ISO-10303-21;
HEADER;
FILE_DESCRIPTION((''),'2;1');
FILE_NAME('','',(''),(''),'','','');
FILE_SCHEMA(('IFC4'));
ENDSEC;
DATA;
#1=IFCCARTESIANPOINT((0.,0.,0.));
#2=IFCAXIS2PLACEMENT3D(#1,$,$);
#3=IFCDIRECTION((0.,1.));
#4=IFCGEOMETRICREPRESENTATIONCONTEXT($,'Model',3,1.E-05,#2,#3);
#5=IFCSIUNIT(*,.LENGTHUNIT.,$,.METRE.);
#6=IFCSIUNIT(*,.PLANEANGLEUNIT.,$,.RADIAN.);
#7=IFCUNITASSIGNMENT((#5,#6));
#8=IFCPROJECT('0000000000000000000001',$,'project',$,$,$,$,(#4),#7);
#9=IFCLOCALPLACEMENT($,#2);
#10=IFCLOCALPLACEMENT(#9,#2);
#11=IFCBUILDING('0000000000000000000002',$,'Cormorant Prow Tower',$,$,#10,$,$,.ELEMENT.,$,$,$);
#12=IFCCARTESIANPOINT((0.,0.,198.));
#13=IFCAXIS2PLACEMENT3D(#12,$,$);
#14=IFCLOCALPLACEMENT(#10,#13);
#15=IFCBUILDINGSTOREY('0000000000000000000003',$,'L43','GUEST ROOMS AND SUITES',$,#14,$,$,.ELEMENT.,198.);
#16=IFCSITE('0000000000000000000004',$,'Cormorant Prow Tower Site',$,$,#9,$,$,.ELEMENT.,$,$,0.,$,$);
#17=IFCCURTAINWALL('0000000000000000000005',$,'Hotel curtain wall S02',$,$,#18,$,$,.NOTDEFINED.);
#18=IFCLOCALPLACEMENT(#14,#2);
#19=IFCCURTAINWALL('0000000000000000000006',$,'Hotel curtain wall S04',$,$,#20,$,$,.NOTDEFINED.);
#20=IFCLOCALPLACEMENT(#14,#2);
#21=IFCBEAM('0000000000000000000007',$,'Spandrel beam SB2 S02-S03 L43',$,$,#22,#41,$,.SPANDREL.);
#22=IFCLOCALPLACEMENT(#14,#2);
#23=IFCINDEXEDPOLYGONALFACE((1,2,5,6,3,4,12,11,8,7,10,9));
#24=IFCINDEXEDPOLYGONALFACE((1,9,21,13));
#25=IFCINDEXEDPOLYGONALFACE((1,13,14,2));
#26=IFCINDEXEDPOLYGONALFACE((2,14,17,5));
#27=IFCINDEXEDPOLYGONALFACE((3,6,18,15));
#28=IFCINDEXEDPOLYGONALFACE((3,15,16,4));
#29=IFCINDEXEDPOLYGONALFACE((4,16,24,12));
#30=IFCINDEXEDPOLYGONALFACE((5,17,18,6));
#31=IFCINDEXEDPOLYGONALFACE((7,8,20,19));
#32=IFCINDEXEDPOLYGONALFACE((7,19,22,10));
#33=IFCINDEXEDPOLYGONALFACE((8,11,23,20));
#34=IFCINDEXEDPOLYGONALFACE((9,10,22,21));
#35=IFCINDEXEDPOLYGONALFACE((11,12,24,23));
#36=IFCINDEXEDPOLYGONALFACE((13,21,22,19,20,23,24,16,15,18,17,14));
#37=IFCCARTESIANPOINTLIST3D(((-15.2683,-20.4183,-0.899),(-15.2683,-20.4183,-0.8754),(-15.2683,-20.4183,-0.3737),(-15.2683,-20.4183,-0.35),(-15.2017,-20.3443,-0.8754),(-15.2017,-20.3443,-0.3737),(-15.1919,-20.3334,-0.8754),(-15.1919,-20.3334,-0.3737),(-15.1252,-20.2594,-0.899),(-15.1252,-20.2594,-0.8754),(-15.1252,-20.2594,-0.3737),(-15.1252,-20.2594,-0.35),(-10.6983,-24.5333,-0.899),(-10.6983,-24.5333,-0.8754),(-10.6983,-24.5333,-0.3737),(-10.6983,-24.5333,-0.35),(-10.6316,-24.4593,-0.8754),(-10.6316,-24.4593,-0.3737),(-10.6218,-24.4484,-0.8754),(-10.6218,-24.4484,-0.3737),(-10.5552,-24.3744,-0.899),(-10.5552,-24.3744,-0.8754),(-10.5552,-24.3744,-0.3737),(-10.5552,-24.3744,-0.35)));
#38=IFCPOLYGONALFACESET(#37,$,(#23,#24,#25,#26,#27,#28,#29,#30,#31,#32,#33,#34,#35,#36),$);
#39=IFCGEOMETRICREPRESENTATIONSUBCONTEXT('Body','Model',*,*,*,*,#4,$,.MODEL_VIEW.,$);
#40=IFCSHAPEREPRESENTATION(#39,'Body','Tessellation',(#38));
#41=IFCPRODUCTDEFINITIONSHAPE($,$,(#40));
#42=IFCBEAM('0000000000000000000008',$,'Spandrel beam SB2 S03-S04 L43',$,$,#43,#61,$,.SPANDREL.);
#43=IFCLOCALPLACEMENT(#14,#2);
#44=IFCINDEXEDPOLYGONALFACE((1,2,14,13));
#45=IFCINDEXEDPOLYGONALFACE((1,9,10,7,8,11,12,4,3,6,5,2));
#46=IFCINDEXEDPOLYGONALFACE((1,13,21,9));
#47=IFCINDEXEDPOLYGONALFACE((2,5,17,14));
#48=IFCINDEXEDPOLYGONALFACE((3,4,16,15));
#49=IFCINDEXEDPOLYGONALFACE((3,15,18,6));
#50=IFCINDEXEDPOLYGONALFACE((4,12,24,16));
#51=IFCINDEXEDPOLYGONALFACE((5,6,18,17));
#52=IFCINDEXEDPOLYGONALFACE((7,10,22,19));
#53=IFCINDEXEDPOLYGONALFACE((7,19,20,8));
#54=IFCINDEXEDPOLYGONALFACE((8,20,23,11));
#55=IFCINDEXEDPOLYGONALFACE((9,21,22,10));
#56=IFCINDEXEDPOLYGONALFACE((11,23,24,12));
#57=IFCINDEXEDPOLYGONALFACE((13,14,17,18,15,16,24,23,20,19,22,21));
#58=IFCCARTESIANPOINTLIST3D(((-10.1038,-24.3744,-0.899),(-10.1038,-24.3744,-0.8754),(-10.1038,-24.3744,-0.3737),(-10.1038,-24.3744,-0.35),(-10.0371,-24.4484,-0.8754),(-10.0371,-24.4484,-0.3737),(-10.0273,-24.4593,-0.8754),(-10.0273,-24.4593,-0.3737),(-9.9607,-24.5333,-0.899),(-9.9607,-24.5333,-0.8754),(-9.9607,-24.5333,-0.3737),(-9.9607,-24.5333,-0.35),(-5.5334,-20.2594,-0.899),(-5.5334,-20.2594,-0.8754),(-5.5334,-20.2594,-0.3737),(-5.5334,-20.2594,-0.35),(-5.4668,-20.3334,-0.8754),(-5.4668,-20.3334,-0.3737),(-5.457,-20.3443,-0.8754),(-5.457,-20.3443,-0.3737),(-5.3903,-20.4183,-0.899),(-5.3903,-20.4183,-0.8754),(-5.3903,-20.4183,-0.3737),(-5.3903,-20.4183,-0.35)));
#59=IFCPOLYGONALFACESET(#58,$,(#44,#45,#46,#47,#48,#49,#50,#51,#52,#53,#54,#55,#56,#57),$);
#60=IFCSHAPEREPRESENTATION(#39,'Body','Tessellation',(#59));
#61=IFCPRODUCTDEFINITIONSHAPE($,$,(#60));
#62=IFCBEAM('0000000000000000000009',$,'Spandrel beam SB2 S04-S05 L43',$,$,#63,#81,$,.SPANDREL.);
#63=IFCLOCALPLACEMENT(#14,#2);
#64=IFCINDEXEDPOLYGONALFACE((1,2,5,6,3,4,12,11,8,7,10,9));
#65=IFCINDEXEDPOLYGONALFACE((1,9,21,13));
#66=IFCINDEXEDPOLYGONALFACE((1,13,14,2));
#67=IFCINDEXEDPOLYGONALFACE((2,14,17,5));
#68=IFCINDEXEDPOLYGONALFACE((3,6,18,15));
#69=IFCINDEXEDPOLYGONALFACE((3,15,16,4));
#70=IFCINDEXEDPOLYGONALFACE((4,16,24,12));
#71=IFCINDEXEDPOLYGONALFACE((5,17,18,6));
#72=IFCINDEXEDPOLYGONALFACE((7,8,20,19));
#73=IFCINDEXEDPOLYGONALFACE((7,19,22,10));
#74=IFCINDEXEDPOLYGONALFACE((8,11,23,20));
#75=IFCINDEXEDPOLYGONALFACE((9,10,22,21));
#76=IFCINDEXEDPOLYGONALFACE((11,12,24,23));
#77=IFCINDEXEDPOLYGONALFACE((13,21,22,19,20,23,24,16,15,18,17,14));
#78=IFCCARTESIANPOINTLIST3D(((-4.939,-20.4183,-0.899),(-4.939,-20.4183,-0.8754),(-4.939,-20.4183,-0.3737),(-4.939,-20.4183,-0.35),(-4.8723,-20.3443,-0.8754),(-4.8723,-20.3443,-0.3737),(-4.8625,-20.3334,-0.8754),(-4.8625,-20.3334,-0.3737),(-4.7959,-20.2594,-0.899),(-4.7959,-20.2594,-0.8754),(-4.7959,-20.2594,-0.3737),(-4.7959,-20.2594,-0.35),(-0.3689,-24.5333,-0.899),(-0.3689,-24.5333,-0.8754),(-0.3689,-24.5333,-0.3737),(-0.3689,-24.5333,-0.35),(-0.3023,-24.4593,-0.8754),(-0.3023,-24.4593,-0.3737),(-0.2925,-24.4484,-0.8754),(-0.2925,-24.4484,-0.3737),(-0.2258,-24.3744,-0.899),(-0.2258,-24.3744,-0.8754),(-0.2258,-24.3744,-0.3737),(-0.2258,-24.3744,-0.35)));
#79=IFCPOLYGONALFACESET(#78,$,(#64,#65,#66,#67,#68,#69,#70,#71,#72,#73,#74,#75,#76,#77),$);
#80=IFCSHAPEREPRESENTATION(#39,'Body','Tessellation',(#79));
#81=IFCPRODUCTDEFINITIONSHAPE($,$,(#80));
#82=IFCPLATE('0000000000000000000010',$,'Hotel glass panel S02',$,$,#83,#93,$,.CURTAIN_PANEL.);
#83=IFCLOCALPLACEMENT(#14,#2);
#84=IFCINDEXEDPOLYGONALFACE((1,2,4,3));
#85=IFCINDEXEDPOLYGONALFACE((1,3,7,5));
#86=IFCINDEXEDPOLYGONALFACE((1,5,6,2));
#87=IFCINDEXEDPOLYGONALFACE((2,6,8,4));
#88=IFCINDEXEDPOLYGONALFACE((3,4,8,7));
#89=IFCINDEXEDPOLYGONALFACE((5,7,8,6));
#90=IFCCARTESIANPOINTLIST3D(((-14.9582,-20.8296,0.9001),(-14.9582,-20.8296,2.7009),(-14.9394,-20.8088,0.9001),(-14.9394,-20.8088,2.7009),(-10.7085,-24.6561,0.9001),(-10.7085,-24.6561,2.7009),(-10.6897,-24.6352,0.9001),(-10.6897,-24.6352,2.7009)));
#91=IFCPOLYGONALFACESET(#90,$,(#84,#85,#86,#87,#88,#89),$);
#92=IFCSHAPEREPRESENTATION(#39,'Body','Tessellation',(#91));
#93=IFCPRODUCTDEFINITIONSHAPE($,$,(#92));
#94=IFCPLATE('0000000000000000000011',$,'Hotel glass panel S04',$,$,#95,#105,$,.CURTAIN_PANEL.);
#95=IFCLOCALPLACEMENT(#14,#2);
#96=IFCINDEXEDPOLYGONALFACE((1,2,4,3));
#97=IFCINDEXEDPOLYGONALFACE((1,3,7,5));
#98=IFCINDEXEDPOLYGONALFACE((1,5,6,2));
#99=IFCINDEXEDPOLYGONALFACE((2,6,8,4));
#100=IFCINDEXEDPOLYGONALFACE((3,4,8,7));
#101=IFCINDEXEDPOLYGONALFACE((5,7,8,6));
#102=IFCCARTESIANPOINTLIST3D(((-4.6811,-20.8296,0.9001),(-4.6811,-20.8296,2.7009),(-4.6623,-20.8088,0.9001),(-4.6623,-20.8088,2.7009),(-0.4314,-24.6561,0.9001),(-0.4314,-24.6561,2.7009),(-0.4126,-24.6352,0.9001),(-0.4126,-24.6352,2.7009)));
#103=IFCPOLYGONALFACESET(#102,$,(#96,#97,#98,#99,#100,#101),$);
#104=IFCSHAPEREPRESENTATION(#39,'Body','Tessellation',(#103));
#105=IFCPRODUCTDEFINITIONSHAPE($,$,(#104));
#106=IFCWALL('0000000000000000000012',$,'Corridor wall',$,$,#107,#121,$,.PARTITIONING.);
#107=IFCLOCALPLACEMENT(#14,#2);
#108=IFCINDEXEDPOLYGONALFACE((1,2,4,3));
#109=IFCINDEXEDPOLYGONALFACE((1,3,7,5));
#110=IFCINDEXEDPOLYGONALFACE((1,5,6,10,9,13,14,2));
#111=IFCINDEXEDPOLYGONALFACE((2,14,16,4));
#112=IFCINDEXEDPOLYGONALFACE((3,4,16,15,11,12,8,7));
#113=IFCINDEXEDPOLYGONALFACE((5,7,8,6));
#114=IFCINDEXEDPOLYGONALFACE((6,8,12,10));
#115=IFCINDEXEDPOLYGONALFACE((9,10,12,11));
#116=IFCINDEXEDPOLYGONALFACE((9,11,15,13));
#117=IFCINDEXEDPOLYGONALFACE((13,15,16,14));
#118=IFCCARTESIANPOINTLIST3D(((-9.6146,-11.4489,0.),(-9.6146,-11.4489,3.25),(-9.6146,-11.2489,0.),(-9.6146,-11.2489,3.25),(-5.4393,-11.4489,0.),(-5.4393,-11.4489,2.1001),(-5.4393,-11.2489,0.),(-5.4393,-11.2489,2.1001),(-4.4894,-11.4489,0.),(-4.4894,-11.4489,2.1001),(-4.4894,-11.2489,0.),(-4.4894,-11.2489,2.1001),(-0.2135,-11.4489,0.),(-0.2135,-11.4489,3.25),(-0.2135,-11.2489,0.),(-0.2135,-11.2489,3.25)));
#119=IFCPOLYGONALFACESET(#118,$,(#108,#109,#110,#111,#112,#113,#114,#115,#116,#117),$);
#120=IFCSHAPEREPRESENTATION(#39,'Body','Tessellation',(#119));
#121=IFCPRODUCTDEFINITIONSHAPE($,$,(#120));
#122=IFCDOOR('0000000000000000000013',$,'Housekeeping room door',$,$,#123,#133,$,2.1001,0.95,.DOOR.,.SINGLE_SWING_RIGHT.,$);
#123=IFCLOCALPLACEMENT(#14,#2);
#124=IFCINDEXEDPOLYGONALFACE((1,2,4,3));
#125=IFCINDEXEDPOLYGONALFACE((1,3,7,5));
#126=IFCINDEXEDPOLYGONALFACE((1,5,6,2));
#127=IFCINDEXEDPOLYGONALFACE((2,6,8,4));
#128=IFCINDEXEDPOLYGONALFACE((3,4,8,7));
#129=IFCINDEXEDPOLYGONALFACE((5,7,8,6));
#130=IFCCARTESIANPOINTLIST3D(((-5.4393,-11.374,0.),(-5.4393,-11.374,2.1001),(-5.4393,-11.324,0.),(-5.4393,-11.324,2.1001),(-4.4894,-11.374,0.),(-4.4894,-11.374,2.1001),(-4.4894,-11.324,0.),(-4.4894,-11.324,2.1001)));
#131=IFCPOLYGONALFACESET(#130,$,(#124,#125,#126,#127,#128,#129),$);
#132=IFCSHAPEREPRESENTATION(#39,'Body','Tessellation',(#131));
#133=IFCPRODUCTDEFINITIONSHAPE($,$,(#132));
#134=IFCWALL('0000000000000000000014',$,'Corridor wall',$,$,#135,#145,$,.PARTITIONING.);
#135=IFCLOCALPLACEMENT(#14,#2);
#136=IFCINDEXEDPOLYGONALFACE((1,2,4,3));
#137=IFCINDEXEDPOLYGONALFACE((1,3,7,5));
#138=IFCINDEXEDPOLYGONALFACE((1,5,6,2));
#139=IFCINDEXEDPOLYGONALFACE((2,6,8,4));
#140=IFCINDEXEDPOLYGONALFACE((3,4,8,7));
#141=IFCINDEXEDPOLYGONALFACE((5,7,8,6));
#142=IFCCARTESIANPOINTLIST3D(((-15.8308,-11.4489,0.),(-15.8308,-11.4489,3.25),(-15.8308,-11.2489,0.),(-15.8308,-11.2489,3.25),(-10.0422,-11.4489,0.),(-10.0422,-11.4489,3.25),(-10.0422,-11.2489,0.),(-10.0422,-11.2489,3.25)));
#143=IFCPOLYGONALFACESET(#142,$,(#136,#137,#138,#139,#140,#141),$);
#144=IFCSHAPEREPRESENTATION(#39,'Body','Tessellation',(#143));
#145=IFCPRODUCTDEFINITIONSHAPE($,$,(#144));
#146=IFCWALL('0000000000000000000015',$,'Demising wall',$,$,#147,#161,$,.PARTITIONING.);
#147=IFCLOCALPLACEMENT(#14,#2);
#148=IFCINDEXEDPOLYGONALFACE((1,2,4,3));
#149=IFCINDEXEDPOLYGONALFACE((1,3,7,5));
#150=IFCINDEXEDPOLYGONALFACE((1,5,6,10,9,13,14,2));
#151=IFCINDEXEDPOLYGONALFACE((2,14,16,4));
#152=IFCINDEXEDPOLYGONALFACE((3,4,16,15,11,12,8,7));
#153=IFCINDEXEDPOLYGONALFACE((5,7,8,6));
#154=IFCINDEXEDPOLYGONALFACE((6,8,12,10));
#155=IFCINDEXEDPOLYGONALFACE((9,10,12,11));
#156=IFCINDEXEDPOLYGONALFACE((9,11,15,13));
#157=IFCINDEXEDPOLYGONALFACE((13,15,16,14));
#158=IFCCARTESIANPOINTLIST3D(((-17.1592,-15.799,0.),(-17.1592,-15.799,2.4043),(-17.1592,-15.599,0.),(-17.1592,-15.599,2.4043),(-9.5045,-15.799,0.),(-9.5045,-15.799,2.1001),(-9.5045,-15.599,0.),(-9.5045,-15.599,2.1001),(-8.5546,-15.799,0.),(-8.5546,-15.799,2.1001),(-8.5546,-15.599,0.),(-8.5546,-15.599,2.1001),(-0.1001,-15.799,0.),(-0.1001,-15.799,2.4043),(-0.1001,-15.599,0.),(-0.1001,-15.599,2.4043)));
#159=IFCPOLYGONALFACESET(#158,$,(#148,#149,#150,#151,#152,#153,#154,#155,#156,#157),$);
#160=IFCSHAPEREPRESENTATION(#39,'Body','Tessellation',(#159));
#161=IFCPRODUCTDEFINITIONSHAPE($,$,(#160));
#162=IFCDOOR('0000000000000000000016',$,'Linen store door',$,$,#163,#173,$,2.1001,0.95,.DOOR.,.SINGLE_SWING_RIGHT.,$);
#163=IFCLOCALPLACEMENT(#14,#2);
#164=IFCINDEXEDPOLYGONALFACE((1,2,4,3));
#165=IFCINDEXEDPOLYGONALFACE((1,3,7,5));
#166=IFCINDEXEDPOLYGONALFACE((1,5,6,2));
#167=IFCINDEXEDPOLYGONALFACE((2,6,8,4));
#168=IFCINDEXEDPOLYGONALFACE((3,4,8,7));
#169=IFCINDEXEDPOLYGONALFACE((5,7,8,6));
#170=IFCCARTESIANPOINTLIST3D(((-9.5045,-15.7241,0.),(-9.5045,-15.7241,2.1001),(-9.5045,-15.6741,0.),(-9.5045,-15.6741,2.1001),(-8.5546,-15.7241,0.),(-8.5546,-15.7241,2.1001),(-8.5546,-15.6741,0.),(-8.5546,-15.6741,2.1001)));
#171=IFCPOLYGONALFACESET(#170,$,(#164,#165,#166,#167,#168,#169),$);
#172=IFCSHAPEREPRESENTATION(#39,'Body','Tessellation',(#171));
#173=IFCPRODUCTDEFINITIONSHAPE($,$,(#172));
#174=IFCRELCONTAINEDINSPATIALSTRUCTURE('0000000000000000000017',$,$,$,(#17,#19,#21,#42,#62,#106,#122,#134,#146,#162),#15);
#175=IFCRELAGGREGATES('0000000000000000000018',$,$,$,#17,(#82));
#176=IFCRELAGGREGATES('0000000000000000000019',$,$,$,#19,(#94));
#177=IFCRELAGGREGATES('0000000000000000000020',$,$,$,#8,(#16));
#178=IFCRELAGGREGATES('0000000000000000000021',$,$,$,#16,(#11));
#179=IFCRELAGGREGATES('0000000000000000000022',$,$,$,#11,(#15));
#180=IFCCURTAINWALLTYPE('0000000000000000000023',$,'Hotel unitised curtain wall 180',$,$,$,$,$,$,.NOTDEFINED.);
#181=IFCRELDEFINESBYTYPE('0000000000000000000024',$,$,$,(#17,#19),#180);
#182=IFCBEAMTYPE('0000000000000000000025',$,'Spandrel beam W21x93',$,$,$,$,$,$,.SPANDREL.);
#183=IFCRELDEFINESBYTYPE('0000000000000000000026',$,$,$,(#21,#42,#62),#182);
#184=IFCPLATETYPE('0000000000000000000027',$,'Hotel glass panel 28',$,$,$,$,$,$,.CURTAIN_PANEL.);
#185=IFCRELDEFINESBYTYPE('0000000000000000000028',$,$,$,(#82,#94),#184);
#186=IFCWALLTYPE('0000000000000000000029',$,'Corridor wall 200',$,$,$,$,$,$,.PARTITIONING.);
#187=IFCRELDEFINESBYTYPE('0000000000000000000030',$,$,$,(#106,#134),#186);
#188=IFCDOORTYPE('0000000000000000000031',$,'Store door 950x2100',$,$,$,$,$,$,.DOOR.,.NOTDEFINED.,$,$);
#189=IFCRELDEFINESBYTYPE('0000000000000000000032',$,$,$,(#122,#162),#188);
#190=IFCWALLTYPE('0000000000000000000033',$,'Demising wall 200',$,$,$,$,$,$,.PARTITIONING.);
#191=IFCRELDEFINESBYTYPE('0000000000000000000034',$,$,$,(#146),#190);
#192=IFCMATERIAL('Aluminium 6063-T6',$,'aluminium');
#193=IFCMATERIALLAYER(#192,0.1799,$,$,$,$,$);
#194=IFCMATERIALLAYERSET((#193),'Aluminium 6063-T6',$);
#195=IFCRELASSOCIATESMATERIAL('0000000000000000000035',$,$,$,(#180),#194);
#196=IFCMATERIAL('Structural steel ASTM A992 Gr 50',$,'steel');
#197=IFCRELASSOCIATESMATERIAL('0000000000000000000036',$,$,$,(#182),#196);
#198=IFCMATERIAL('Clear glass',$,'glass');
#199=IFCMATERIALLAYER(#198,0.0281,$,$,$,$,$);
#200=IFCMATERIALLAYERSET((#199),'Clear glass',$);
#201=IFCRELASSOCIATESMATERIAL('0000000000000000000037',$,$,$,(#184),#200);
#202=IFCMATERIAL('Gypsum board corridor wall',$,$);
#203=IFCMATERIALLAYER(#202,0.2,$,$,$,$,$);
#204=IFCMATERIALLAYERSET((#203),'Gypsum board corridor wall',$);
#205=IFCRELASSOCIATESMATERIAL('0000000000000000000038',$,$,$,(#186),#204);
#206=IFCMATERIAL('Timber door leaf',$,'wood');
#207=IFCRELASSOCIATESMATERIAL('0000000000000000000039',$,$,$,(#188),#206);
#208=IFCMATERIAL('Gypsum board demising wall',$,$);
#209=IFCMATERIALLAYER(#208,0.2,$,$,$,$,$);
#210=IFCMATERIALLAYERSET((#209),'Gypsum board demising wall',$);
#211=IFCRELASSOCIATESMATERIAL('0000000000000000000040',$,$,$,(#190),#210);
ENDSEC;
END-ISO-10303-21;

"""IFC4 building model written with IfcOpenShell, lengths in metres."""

from ifc_helpers import new_model, si_unit, direction, frame, frame_2d, origin, origin_2d, place, context, subcontext, project, spatial, rectangle, i_section, extrude, material, layer, layer_set, material_profile, profile_set, type_object, element, fill, aggregate, save


model = new_model("IFC4")

# Units and contexts
model_context = context("Model", 3, precision=1e-05, world=origin(), true_north=direction((0.0, 1.0)))
body_context = subcontext(model_context, "Body", "Model", "MODEL_VIEW")
ifc_project = project(units=[si_unit("LENGTHUNIT", "METRE"), si_unit("PLANEANGLEUNIT", "RADIAN")], contexts=[model_context])

# Site, building, storey
site_placement = place(None, origin())
site = spatial("IfcSite", under=ifc_project, at=site_placement, Name="Cormorant Prow Tower Site", CompositionType="ELEMENT", RefElevation=0.0)
building_placement = place(site_placement, origin())
building = spatial("IfcBuilding", under=site, at=building_placement, Name="Cormorant Prow Tower", CompositionType="ELEMENT")
storey_placement = place(building_placement, frame((0.0, 0.0, 198.0)))
storey = spatial("IfcBuildingStorey", under=building, at=storey_placement, Name="L43", Description="GUEST ROOMS AND SUITES", CompositionType="ELEMENT", Elevation=198.0)

# Curtain walls
ifc_material_1 = material(Name="Aluminium 6063-T6", Category="aluminium")
ifc_layer_1 = layer(ifc_material_1, 0.1799)
ifc_layer_set_1 = layer_set([ifc_layer_1], Name="Aluminium 6063-T6")
curtain_wall_type = type_object("IfcCurtainWallType", Name="Hotel unitised curtain wall 180", PredefinedType="NOTDEFINED", material=ifc_layer_set_1)
curtain_wall_1_placement = place(storey_placement, origin())
curtain_wall_1 = element("IfcCurtainWall", 1, at=curtain_wall_1_placement, inside=storey, type_object=curtain_wall_type, Name="Hotel curtain wall S02", PredefinedType="NOTDEFINED")
curtain_wall_2_placement = place(storey_placement, origin())
curtain_wall_2 = element("IfcCurtainWall", 2, at=curtain_wall_2_placement, inside=storey, type_object=curtain_wall_type, Name="Hotel curtain wall S04", PredefinedType="NOTDEFINED")

# Beams
ifc_material_2 = material(Name="Structural steel ASTM A992 Gr 50", Category="steel")
ifc_material_profile_1 = material_profile(ifc_material_2, i_section(OverallWidth=0.2139, OverallDepth=0.5491, WebThickness=0.0146, FlangeThickness=0.0237, at=origin_2d()), Name="W21x93")
ifc_profile_set_1 = profile_set([ifc_material_profile_1], Name="Structural steel ASTM A992 Gr 50")
beam_type_1 = type_object("IfcBeamType", Name="Spandrel beam W21x93", PredefinedType="SPANDREL", material=ifc_profile_set_1)
beam_1_placement = place(storey_placement, frame((-15.1968, -20.3389, -0.6245), z_axis=(0.743138, -0.669138, 0.0), x_axis=(0.669138, 0.743138, 0.0)))
element("IfcBeam", 3, at=beam_1_placement, inside=storey, type_object=beam_type_1, Name="Spandrel beam SB2 S02-S03 L43", PredefinedType="SPANDREL", context=body_context, shape_type="SweptSolid", body=[
    extrude(i_section(OverallWidth=0.2139, OverallDepth=0.5491, WebThickness=0.0146, FlangeThickness=0.0237, at=origin_2d()), origin(), (0.0, 0.0, 1.0), 6.1497),
])
beam_2_placement = place(storey_placement, frame((-10.0322, -24.4539, -0.6245), z_axis=(0.743156, 0.669118, 0.0), x_axis=(-0.669118, 0.743156, 0.0)))
element("IfcBeam", 4, at=beam_2_placement, inside=storey, type_object=beam_type_1, Name="Spandrel beam SB2 S03-S04 L43", PredefinedType="SPANDREL", context=body_context, shape_type="SweptSolid", body=[
    extrude(i_section(OverallWidth=0.2139, OverallDepth=0.5491, WebThickness=0.0146, FlangeThickness=0.0237, at=origin_2d()), origin(), (0.0, 0.0, 1.0), 6.1499),
])
beam_3_placement = place(storey_placement, frame((-4.8674, -20.3389, -0.6245), z_axis=(0.743138, -0.669138, 0.0), x_axis=(0.669138, 0.743138, 0.0)))
element("IfcBeam", 5, at=beam_3_placement, inside=storey, type_object=beam_type_1, Name="Spandrel beam SB2 S04-S05 L43", PredefinedType="SPANDREL", context=body_context, shape_type="SweptSolid", body=[
    extrude(i_section(OverallWidth=0.2139, OverallDepth=0.5491, WebThickness=0.0146, FlangeThickness=0.0237, at=origin_2d()), origin(), (0.0, 0.0, 1.0), 6.1497),
])

# Plates
ifc_material_3 = material(Name="Clear glass", Category="glass")
ifc_layer_2 = layer(ifc_material_3, 0.0281)
ifc_layer_set_2 = layer_set([ifc_layer_2], Name="Clear glass")
plate_type = type_object("IfcPlateType", Name="Hotel glass panel 28", PredefinedType="CURTAIN_PANEL", material=ifc_layer_set_2)
plate_1_placement = place(storey_placement, frame((-12.824, -22.7324, 0.9001), z_axis=(0.0, 0.0, 1.0), x_axis=(0.743145, -0.669131, 0.0)))
plate_1 = element("IfcPlate", 6, at=plate_1_placement, type_object=plate_type, Name="Hotel glass panel S02", PredefinedType="CURTAIN_PANEL", context=body_context, shape_type="SweptSolid", body=[
    extrude(rectangle(XDim=5.7185, YDim=0.0281, at=origin_2d()), origin(), (0.0, 0.0, 1.0), 1.8008),
])
aggregate(curtain_wall_1, [plate_1])
plate_2_placement = place(storey_placement, frame((-2.5469, -22.7324, 0.9001), z_axis=(0.0, 0.0, 1.0), x_axis=(0.743145, -0.669131, 0.0)))
plate_2 = element("IfcPlate", 7, at=plate_2_placement, type_object=plate_type, Name="Hotel glass panel S04", PredefinedType="CURTAIN_PANEL", context=body_context, shape_type="SweptSolid", body=[
    extrude(rectangle(XDim=5.7185, YDim=0.0281, at=origin_2d()), origin(), (0.0, 0.0, 1.0), 1.8008),
])
aggregate(curtain_wall_2, [plate_2])

# Wall, opening, door
ifc_material_4 = material(Name="Gypsum board corridor wall")
ifc_layer_3 = layer(ifc_material_4, 0.2)
ifc_layer_set_3 = layer_set([ifc_layer_3], Name="Gypsum board corridor wall")
wall_type_1 = type_object("IfcWallType", Name="Corridor wall 200", PredefinedType="PARTITIONING", material=ifc_layer_set_3)
wall_1_placement = place(storey_placement, frame((-9.6147, -11.3489, 0.0), z_axis=(0.0, 0.0, 1.0), x_axis=(1.0, 0.0, 0.0)))
wall_1 = element("IfcWall", 8, at=wall_1_placement, inside=storey, type_object=wall_type_1, Name="Corridor wall", PredefinedType="PARTITIONING", context=body_context, shape_type="SweptSolid", body=[
    extrude(rectangle(XDim=9.4011, YDim=0.2, at=frame_2d((4.7007, 0.0))), origin(), (0.0, 0.0, 1.0), 3.25),
])
opening_1_placement = place(wall_1_placement, frame((4.1753, 0.0, 0.0)))
opening_1 = element("IfcOpeningElement", 9, at=opening_1_placement, cuts=wall_1, PredefinedType="OPENING", context=body_context, shape_type="SweptSolid", body=[
    extrude(rectangle(XDim=0.95, YDim=2.1001, at=frame_2d((0.4751, 1.05))), frame((0.0, 0.1099, 0.0), z_axis=(0.0, -1.0, 0.0), x_axis=(1.0, 0.0, 0.0)), (0.0, 0.0, 1.0), 0.22),
])
ifc_material_5 = material(Name="Timber door leaf", Category="wood")
door_type_1 = type_object("IfcDoorType", Name="Store door 950x2100", OperationType="NOTDEFINED", PredefinedType="DOOR", material=ifc_material_5)
door_1_placement = place(opening_1_placement, origin())
door_1 = element("IfcDoor", 10, at=door_1_placement, inside=storey, type_object=door_type_1, Name="Housekeeping room door", OperationType="SINGLE_SWING_RIGHT", OverallHeight=2.1001, OverallWidth=0.95, PredefinedType="DOOR", context=body_context, shape_type="SweptSolid", body=[
    extrude(rectangle(XDim=0.95, YDim=2.1001, at=frame_2d((0.4751, 1.05))), frame((0.0, 0.0249, 0.0), z_axis=(0.0, -1.0, 0.0), x_axis=(1.0, 0.0, 0.0)), (0.0, 0.0, 1.0), 0.05),
])
fill(opening_1, door_1)

# Wall
wall_2_placement = place(storey_placement, frame((-15.8308, -11.3489, 0.0), z_axis=(0.0, 0.0, 1.0), x_axis=(1.0, 0.0, 0.0)))
element("IfcWall", 11, at=wall_2_placement, inside=storey, type_object=wall_type_1, Name="Corridor wall", PredefinedType="PARTITIONING", context=body_context, shape_type="SweptSolid", body=[
    extrude(rectangle(XDim=5.7886, YDim=0.2, at=frame_2d((2.8943, 0.0))), origin(), (0.0, 0.0, 1.0), 3.25),
])

# Wall, opening, door
ifc_material_6 = material(Name="Gypsum board demising wall")
ifc_layer_4 = layer(ifc_material_6, 0.2)
ifc_layer_set_4 = layer_set([ifc_layer_4], Name="Gypsum board demising wall")
wall_type_2 = type_object("IfcWallType", Name="Demising wall 200", PredefinedType="PARTITIONING", material=ifc_layer_set_4)
wall_3_placement = place(storey_placement, frame((-17.1592, -15.699, 0.0), z_axis=(0.0, 0.0, 1.0), x_axis=(1.0, 0.0, 0.0)))
wall_3 = element("IfcWall", 12, at=wall_3_placement, inside=storey, type_object=wall_type_2, Name="Demising wall", PredefinedType="PARTITIONING", context=body_context, shape_type="SweptSolid", body=[
    extrude(rectangle(XDim=17.0591, YDim=0.2, at=frame_2d((8.5295, 0.0))), origin(), (0.0, 0.0, 1.0), 2.4043),
])
opening_2_placement = place(wall_3_placement, frame((7.6545, 0.0, 0.0)))
opening_2 = element("IfcOpeningElement", 13, at=opening_2_placement, cuts=wall_3, PredefinedType="OPENING", context=body_context, shape_type="SweptSolid", body=[
    extrude(rectangle(XDim=0.95, YDim=2.1001, at=frame_2d((0.4751, 1.05))), frame((0.0, 0.1099, 0.0), z_axis=(0.0, -1.0, 0.0), x_axis=(1.0, 0.0, 0.0)), (0.0, 0.0, 1.0), 0.22),
])
door_2_placement = place(opening_2_placement, origin())
door_2 = element("IfcDoor", 14, at=door_2_placement, inside=storey, type_object=door_type_1, Name="Linen store door", OperationType="SINGLE_SWING_RIGHT", OverallHeight=2.1001, OverallWidth=0.95, PredefinedType="DOOR", context=body_context, shape_type="SweptSolid", body=[
    extrude(rectangle(XDim=0.95, YDim=2.1001, at=frame_2d((0.4751, 1.05))), frame((0.0, 0.0249, 0.0), z_axis=(0.0, -1.0, 0.0), x_axis=(1.0, 0.0, 0.0)), (0.0, 0.0, 1.0), 0.05),
])
fill(opening_2, door_2)

save(model, "model.ifc")
